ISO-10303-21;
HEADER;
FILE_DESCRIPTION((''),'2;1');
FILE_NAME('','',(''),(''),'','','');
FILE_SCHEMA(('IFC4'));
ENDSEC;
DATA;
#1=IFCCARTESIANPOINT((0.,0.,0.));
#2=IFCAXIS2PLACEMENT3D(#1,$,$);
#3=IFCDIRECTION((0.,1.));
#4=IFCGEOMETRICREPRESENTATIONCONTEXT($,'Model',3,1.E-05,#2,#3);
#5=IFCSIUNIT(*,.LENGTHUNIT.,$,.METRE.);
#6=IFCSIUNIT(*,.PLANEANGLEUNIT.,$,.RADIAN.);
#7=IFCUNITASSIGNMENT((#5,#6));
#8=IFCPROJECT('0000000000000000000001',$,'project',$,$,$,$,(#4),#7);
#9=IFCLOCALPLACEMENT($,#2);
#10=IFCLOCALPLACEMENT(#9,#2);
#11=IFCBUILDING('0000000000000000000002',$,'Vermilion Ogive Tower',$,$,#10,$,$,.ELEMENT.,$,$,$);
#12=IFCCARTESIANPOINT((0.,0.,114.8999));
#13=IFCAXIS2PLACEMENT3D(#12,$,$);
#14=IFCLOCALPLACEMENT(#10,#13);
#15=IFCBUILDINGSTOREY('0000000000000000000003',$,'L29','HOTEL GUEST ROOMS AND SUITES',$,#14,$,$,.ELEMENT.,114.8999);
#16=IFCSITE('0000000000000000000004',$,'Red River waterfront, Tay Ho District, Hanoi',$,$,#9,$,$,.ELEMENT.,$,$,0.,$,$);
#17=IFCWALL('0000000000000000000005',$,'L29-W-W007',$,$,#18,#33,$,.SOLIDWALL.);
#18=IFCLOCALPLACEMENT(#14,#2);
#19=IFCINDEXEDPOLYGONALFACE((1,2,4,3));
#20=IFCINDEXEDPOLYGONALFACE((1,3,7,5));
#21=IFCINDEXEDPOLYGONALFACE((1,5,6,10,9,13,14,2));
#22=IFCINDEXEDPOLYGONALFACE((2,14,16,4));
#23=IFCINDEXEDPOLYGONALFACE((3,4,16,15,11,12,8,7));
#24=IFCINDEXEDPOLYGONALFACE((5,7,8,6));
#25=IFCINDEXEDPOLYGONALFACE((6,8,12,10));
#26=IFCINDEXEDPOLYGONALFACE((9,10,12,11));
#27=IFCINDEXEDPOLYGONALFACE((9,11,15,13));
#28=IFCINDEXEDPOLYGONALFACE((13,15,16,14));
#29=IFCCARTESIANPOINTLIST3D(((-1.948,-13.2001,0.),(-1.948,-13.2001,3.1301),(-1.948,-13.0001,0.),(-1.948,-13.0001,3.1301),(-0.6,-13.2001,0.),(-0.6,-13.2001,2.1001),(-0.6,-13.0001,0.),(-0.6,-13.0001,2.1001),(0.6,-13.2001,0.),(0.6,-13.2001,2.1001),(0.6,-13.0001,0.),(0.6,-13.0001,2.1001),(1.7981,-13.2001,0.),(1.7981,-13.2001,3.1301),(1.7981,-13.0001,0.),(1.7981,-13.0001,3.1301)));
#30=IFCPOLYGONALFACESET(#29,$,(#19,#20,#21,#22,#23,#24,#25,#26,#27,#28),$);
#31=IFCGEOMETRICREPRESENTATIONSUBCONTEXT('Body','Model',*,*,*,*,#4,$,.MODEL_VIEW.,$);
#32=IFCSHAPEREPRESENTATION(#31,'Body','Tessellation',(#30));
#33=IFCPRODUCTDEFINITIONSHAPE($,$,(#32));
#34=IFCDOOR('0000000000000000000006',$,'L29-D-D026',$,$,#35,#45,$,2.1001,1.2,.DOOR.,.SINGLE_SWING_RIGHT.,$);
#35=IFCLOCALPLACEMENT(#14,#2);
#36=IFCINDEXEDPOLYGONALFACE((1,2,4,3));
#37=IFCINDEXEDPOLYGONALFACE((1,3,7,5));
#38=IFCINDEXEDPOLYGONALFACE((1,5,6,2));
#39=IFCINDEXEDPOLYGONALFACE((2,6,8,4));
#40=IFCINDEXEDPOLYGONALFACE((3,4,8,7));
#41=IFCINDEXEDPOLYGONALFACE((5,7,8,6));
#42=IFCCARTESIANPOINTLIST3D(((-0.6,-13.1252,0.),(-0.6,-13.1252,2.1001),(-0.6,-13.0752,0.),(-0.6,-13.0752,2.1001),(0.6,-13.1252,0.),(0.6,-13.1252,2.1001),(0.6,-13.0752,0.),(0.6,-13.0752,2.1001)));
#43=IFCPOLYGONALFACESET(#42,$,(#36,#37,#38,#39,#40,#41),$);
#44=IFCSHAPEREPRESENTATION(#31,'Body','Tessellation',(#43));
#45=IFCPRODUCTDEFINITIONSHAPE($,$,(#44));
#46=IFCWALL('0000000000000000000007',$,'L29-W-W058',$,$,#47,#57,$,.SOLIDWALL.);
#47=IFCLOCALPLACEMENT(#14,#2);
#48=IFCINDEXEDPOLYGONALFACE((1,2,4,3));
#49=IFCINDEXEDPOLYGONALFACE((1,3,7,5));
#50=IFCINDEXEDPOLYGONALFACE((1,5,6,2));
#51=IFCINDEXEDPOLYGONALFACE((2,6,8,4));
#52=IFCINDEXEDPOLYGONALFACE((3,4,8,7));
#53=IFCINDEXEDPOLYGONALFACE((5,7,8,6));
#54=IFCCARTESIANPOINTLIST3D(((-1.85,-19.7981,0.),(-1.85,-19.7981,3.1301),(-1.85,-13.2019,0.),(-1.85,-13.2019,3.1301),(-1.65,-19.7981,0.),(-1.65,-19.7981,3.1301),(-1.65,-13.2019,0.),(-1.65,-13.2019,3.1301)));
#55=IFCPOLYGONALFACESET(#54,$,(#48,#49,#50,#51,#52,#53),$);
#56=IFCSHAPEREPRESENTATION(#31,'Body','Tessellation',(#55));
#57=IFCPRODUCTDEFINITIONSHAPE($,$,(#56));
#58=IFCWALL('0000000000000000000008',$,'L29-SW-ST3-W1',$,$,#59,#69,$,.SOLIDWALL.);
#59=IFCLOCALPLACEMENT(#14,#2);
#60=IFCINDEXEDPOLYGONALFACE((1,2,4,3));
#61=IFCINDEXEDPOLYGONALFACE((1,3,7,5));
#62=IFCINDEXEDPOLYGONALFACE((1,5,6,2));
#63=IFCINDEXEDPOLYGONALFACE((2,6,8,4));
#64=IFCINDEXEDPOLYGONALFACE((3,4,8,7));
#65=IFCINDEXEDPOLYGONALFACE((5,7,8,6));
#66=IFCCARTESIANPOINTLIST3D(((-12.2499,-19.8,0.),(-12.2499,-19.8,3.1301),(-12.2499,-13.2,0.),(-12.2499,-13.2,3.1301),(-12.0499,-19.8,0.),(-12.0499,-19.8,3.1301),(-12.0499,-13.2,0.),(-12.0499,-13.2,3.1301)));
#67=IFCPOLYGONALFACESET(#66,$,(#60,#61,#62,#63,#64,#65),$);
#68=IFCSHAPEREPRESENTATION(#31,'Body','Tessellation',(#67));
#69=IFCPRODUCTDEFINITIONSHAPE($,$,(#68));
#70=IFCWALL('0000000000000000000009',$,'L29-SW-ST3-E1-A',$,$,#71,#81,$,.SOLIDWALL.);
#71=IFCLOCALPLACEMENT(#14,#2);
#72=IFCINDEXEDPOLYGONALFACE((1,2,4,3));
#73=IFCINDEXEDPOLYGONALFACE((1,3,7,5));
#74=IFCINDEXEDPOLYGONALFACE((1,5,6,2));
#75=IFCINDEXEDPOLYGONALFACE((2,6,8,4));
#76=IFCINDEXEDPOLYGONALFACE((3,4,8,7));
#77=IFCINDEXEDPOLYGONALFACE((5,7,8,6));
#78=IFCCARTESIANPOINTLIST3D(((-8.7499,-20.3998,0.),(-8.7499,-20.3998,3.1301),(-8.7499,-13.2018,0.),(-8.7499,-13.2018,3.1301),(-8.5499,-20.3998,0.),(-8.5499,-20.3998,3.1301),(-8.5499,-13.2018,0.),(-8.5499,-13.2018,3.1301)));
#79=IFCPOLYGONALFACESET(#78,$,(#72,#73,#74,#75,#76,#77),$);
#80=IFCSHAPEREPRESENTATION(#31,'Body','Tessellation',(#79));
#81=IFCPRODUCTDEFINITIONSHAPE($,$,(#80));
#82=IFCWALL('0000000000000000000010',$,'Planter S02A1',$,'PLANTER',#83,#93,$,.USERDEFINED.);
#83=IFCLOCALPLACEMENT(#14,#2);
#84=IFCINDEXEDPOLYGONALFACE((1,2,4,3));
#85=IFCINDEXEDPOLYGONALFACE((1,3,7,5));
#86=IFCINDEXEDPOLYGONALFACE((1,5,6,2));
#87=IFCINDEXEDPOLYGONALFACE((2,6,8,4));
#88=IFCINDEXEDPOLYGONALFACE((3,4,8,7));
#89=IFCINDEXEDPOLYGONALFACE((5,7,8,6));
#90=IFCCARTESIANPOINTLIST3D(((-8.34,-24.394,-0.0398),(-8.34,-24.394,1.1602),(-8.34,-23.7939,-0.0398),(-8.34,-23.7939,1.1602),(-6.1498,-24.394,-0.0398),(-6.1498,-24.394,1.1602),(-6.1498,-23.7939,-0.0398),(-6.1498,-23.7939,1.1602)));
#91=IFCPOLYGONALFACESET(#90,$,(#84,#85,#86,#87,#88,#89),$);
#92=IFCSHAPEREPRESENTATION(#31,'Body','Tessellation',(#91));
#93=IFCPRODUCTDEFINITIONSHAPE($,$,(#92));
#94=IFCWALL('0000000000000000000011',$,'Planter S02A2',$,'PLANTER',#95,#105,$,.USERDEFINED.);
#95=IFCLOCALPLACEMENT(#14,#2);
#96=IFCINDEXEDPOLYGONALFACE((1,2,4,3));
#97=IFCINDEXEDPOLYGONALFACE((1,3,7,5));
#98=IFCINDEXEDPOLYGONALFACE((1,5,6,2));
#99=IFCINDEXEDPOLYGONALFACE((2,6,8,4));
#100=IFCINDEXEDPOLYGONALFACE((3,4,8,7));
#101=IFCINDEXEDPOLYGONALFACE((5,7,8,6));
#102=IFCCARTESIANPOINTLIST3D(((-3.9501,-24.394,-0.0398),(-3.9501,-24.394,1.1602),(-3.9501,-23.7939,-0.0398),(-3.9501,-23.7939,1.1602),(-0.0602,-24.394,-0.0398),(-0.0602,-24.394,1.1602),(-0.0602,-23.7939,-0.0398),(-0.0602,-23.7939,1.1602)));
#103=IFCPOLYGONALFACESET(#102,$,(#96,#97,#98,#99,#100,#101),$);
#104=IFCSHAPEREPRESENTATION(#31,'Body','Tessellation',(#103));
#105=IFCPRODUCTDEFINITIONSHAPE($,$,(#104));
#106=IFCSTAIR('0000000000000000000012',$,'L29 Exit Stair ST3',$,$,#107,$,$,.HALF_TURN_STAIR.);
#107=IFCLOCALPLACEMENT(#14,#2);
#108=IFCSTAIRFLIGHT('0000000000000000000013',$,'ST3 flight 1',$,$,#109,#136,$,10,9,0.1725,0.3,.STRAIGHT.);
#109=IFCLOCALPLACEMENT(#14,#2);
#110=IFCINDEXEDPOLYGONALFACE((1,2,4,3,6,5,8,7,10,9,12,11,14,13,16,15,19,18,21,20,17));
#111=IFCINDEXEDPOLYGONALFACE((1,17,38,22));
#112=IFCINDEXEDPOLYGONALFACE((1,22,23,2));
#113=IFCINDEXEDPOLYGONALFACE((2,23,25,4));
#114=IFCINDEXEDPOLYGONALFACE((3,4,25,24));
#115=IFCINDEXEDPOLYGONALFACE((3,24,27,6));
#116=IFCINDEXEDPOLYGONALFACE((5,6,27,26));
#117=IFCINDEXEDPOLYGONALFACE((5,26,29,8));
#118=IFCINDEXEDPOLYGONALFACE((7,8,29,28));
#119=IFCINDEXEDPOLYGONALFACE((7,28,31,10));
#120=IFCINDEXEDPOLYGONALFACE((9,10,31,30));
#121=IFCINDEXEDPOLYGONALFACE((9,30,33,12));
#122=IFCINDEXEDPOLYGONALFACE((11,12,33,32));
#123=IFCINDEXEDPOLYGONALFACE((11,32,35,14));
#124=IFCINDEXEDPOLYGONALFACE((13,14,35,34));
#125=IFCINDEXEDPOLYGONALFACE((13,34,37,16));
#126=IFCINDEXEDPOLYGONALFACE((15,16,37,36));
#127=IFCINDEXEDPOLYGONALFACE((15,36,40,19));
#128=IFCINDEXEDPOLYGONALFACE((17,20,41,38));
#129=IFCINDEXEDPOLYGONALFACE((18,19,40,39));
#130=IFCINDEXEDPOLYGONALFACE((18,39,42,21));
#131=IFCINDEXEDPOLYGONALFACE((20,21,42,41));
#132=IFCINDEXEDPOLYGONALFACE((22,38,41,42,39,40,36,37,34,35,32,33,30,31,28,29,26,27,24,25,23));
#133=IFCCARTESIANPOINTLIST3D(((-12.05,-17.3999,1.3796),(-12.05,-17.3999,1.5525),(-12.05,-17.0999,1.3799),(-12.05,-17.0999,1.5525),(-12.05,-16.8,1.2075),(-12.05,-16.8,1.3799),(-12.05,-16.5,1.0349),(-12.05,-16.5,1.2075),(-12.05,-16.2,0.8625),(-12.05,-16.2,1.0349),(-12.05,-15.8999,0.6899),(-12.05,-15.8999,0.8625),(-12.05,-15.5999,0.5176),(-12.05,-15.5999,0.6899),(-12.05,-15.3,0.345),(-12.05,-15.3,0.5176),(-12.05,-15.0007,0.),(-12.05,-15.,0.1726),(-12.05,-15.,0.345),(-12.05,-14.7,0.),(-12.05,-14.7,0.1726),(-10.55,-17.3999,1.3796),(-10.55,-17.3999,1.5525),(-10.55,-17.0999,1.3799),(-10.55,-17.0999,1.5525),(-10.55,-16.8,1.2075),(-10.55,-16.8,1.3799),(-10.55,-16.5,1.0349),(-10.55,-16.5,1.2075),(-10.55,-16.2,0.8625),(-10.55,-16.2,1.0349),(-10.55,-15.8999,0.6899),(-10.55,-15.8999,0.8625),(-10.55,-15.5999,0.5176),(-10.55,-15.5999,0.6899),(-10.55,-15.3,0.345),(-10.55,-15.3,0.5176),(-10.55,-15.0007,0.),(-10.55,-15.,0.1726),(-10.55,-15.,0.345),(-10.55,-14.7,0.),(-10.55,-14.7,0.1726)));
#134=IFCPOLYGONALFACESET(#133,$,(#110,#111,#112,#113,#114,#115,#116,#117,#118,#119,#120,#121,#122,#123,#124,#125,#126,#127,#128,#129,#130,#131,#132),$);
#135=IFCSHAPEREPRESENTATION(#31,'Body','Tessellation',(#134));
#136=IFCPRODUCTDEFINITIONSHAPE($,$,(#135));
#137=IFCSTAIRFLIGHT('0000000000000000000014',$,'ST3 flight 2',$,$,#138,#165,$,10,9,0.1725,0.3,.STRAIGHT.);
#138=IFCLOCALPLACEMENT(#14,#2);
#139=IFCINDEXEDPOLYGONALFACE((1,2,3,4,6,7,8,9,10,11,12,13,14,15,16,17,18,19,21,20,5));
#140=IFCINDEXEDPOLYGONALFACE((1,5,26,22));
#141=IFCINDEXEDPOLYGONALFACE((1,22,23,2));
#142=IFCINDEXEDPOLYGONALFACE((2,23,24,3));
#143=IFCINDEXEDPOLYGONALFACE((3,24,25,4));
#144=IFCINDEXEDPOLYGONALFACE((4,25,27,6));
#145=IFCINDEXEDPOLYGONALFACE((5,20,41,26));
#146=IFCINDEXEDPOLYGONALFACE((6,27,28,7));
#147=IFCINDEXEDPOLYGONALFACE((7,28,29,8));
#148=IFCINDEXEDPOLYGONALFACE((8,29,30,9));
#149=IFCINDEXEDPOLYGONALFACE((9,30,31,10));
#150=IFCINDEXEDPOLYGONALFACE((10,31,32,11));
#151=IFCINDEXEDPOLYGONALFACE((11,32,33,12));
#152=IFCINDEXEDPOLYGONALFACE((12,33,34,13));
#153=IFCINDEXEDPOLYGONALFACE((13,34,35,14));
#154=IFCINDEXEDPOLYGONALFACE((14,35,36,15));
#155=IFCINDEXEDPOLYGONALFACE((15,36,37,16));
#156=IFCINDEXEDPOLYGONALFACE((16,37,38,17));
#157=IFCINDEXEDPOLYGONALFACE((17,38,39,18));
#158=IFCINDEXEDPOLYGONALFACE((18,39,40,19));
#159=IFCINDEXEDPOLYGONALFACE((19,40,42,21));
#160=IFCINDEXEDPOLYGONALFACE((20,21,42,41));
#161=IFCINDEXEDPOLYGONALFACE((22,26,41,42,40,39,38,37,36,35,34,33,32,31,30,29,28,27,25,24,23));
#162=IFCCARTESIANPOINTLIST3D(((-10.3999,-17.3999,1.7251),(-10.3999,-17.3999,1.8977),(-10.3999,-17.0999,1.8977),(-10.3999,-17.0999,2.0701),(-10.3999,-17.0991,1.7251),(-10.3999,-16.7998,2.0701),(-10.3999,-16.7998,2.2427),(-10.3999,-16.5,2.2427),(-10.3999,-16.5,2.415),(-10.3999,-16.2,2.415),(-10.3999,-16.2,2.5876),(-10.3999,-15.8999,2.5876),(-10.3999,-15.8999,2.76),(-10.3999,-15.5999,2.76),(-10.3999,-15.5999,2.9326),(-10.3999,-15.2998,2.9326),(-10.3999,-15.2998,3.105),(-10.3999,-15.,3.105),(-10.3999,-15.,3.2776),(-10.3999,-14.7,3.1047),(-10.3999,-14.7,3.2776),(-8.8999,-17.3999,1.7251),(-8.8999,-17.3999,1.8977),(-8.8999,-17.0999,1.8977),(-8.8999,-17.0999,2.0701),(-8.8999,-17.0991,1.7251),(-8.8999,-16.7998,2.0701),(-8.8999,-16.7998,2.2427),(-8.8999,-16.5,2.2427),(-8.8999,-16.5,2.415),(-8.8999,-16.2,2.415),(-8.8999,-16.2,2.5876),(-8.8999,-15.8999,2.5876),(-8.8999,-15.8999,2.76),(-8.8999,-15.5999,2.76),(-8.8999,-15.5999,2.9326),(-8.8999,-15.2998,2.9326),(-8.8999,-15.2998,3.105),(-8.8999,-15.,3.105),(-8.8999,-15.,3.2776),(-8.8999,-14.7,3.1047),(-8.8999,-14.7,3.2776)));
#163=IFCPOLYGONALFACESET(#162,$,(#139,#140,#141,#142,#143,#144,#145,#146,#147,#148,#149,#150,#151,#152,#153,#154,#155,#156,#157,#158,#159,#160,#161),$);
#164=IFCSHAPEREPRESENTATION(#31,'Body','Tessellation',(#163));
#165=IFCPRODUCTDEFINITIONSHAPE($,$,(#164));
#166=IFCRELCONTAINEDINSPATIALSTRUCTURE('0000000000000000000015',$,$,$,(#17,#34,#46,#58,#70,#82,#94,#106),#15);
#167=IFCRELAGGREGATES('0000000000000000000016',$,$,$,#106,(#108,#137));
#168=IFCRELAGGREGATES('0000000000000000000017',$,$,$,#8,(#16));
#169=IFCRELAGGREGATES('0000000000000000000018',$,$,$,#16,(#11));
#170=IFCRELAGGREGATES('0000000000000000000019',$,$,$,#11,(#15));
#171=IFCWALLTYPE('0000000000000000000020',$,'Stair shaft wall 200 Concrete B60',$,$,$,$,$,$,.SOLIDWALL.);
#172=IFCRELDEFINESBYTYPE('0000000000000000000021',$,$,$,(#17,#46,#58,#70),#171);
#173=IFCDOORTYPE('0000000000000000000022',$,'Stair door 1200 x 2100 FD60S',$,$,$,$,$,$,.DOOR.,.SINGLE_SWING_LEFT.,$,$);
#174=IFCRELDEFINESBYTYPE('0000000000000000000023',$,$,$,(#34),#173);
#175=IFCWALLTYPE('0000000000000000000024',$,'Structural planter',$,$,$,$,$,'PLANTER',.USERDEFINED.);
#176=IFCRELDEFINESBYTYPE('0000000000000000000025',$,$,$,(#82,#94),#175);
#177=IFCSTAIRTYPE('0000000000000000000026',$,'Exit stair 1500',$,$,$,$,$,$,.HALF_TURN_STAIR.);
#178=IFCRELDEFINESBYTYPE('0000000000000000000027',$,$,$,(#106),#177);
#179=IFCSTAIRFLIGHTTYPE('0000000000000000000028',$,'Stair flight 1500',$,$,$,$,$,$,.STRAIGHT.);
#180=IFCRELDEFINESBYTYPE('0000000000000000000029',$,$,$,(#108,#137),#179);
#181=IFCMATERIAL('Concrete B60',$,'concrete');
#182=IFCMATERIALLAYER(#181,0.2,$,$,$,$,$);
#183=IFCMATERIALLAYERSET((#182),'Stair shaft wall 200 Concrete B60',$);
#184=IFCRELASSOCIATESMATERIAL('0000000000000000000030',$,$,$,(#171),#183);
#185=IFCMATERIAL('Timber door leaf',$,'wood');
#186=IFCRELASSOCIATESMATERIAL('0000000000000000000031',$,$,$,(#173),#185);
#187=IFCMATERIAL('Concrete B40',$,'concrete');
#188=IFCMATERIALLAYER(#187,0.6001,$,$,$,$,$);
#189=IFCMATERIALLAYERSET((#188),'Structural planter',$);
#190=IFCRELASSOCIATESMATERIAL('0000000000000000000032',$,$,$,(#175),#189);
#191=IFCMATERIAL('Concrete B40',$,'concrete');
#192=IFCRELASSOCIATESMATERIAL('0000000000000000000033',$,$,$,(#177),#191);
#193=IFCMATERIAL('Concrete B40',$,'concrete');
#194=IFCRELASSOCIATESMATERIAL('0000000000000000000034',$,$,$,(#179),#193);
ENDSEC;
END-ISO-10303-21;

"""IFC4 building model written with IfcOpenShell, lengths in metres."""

from ifc_helpers import new_model, si_unit, direction, frame, frame_2d, origin, place, context, subcontext, project, spatial, polyline, rectangle, outline, extrude, material, layer, layer_set, type_object, element, fill, aggregate, save


model = new_model("IFC4")

# Units and contexts
model_context = context("Model", 3, precision=1e-05, world=origin(), true_north=direction((0.0, 1.0)))
body_context = subcontext(model_context, "Body", "Model", "MODEL_VIEW")
ifc_project = project(units=[si_unit("LENGTHUNIT", "METRE"), si_unit("PLANEANGLEUNIT", "RADIAN")], contexts=[model_context])

# Site, building, storey
site_placement = place(None, origin())
site = spatial("IfcSite", under=ifc_project, at=site_placement, Name="Red River waterfront, Tay Ho District, Hanoi", CompositionType="ELEMENT", RefElevation=0.0)
building_placement = place(site_placement, origin())
building = spatial("IfcBuilding", under=site, at=building_placement, Name="Vermilion Ogive Tower", CompositionType="ELEMENT")
storey_placement = place(building_placement, frame((0.0, 0.0, 114.8999)))
storey = spatial("IfcBuildingStorey", under=building, at=storey_placement, Name="L29", Description="HOTEL GUEST ROOMS AND SUITES", CompositionType="ELEMENT", Elevation=114.8999)

# Shared definitions
ifc_material_1 = material(Name="Concrete B60", Category="concrete")
ifc_layer_1 = layer(ifc_material_1, 0.2)
ifc_layer_set_1 = layer_set([ifc_layer_1], Name="Stair shaft wall 200 Concrete B60")
wall_type_1 = type_object("IfcWallType", Name="Stair shaft wall 200 Concrete B60", PredefinedType="SOLIDWALL", material=ifc_layer_set_1)

# Wall, opening, door
ifc_material_2 = material(Name="Timber door leaf", Category="wood")
door_type_1 = type_object("IfcDoorType", Name="Stair door 1200 x 2100 FD60S", OperationType="SINGLE_SWING_LEFT", PredefinedType="DOOR", material=ifc_material_2)
wall_1_placement = place(storey_placement, frame((-1.948, -13.1001, 0.0), z_axis=(0.0, 0.0, 1.0), x_axis=(1.0, 0.0, 0.0)))
wall_1 = element("IfcWall", 1, at=wall_1_placement, inside=storey, type_object=wall_type_1, Name="L29-W-W007", PredefinedType="SOLIDWALL", context=body_context, shape_type="SweptSolid", body=[
    extrude(rectangle(XDim=3.7461, YDim=0.2, at=frame_2d((1.873, 0.0))), origin(), (0.0, 0.0, 1.0), 3.1301),
])
opening_1_placement = place(wall_1_placement, frame((1.3479, 0.0, 0.0)))
opening_1 = element("IfcOpeningElement", 2, at=opening_1_placement, cuts=wall_1, PredefinedType="OPENING", context=body_context, shape_type="SweptSolid", body=[
    extrude(rectangle(XDim=1.2, YDim=2.1001, at=frame_2d((0.6001, 1.05))), frame((0.0, 0.1099, 0.0), z_axis=(0.0, -1.0, 0.0), x_axis=(1.0, 0.0, 0.0)), (0.0, 0.0, 1.0), 0.22),
])
door_1_placement = place(opening_1_placement, origin())
door_1 = element("IfcDoor", 3, at=door_1_placement, inside=storey, type_object=door_type_1, Name="L29-D-D026", OperationType="SINGLE_SWING_RIGHT", OverallHeight=2.1001, OverallWidth=1.2, PredefinedType="DOOR", context=body_context, shape_type="SweptSolid", body=[
    extrude(rectangle(XDim=1.2, YDim=2.1001, at=frame_2d((0.6001, 1.05))), frame((0.0, 0.0249, 0.0), z_axis=(0.0, -1.0, 0.0), x_axis=(1.0, 0.0, 0.0)), (0.0, 0.0, 1.0), 0.05),
])
fill(opening_1, door_1)

# Walls
wall_2_placement = place(storey_placement, frame((-1.75, -19.7981, 0.0), z_axis=(0.0, 0.0, 1.0), x_axis=(0.0, 1.0, 0.0)))
element("IfcWall", 4, at=wall_2_placement, inside=storey, type_object=wall_type_1, Name="L29-W-W058", PredefinedType="SOLIDWALL", context=body_context, shape_type="SweptSolid", body=[
    extrude(rectangle(XDim=6.5962, YDim=0.2, at=frame_2d((3.2981, 0.0))), origin(), (0.0, 0.0, 1.0), 3.1301),
])
wall_3_placement = place(storey_placement, frame((-12.1499, -19.8, 0.0), z_axis=(0.0, 0.0, 1.0), x_axis=(0.0, 1.0, 0.0)))
element("IfcWall", 5, at=wall_3_placement, inside=storey, type_object=wall_type_1, Name="L29-SW-ST3-W1", PredefinedType="SOLIDWALL", context=body_context, shape_type="SweptSolid", body=[
    extrude(rectangle(XDim=6.6001, YDim=0.2, at=frame_2d((3.3, 0.0))), origin(), (0.0, 0.0, 1.0), 3.1301),
])
wall_4_placement = place(storey_placement, frame((-8.6499, -20.3999, 0.0), z_axis=(0.0, 0.0, 1.0), x_axis=(0.0, 1.0, 0.0)))
element("IfcWall", 6, at=wall_4_placement, inside=storey, type_object=wall_type_1, Name="L29-SW-ST3-E1-A", PredefinedType="SOLIDWALL", context=body_context, shape_type="SweptSolid", body=[
    extrude(rectangle(XDim=7.198, YDim=0.2, at=frame_2d((3.5991, 0.0))), origin(), (0.0, 0.0, 1.0), 3.1301),
])
ifc_material_3 = material(Name="Concrete B40", Category="concrete")
ifc_layer_2 = layer(ifc_material_3, 0.6001)
ifc_layer_set_2 = layer_set([ifc_layer_2], Name="Structural planter")
wall_type_2 = type_object("IfcWallType", Name="Structural planter", ElementType="PLANTER", PredefinedType="USERDEFINED", material=ifc_layer_set_2)
wall_5_placement = place(storey_placement, frame((-8.3401, -24.094, -0.0398), z_axis=(0.0, 0.0, 1.0), x_axis=(1.0, 0.0, 0.0)))
element("IfcWall", 7, at=wall_5_placement, inside=storey, type_object=wall_type_2, Name="Planter S02A1", ObjectType="PLANTER", PredefinedType="USERDEFINED", context=body_context, shape_type="SweptSolid", body=[
    extrude(rectangle(XDim=2.1902, YDim=0.6001, at=frame_2d((1.0952, 0.0))), origin(), (0.0, 0.0, 1.0), 1.2),
])
wall_6_placement = place(storey_placement, frame((-3.95, -24.094, -0.0398), z_axis=(0.0, 0.0, 1.0), x_axis=(1.0, 0.0, 0.0)))
element("IfcWall", 8, at=wall_6_placement, inside=storey, type_object=wall_type_2, Name="Planter S02A2", ObjectType="PLANTER", PredefinedType="USERDEFINED", context=body_context, shape_type="SweptSolid", body=[
    extrude(rectangle(XDim=3.8899, YDim=0.6001, at=frame_2d((1.9448, 0.0))), origin(), (0.0, 0.0, 1.0), 1.2),
])

# Stair, stair flights
ifc_material_4 = material(Name="Concrete B40", Category="concrete")
stair_type = type_object("IfcStairType", Name="Exit stair 1500", PredefinedType="HALF_TURN_STAIR", material=ifc_material_4)
stair_1_placement = place(storey_placement, origin())
stair_1 = element("IfcStair", 9, at=stair_1_placement, inside=storey, type_object=stair_type, Name="L29 Exit Stair ST3", PredefinedType="HALF_TURN_STAIR")
ifc_material_5 = material(Name="Concrete B40", Category="concrete")
stair_flight_type = type_object("IfcStairFlightType", Name="Stair flight 1500", PredefinedType="STRAIGHT", material=ifc_material_5)
stair_flight_1_placement = place(storey_placement, frame((-11.3, -14.7, 0.0), z_axis=(0.0, 0.0, 1.0), x_axis=(0.0, -1.0, 0.0)))
stair_flight_1 = element("IfcStairFlight", 10, at=stair_flight_1_placement, type_object=stair_flight_type, Name="ST3 flight 1", NumberOfRisers=10, NumberOfTreads=9, PredefinedType="STRAIGHT", RiserHeight=0.1725, TreadLength=0.3, context=body_context, shape_type="SweptSolid", body=[
    extrude(outline(polyline([(0.0, 0.0), (0.0, 0.1726), (0.3, 0.1726), (0.3, 0.345), (0.6001, 0.345), (0.6001, 0.5176), (0.8999, 0.5176), (0.8999, 0.6899), (1.2, 0.6899), (1.2, 0.8625), (1.5, 0.8625), (1.5, 1.0349), (1.8, 1.0349), (1.8, 1.2075), (2.1001, 1.2075), (2.1001, 1.3799), (2.3999, 1.3799), (2.3999, 1.5525), (2.7, 1.5525), (2.7, 1.7251), (2.7, 1.3796), (0.3008, 0.0), (0.0, 0.0)])), frame((0.0, 0.75, 0.0), z_axis=(0.0, -1.0, 0.0), x_axis=(1.0, 0.0, 0.0)), (0.0, 0.0, 1.0), 1.5),
])
stair_flight_2_placement = place(storey_placement, frame((-9.6499, -17.3999, 1.7251), z_axis=(0.0, 0.0, 1.0), x_axis=(0.0, 1.0, 0.0)))
stair_flight_2 = element("IfcStairFlight", 11, at=stair_flight_2_placement, type_object=stair_flight_type, Name="ST3 flight 2", NumberOfRisers=10, NumberOfTreads=9, PredefinedType="STRAIGHT", RiserHeight=0.1725, TreadLength=0.3, context=body_context, shape_type="SweptSolid", body=[
    extrude(outline(polyline([(0.0, 0.0), (0.0, 0.1726), (0.3, 0.1726), (0.3, 0.345), (0.6001, 0.345), (0.6001, 0.5176), (0.8999, 0.5176), (0.8999, 0.6899), (1.2, 0.6899), (1.2, 0.8625), (1.5, 0.8625), (1.5, 1.0349), (1.8, 1.0349), (1.8, 1.2075), (2.1001, 1.2075), (2.1001, 1.3799), (2.3999, 1.3799), (2.3999, 1.5525), (2.7, 1.5525), (2.7, 1.7251), (2.7, 1.3796), (0.3008, 0.0), (0.0, 0.0)])), frame((0.0, 0.75, 0.0), z_axis=(0.0, -1.0, 0.0), x_axis=(1.0, 0.0, 0.0)), (0.0, 0.0, 1.0), 1.5),
])
aggregate(stair_1, [stair_flight_1, stair_flight_2])

save(model, "model.ifc")
